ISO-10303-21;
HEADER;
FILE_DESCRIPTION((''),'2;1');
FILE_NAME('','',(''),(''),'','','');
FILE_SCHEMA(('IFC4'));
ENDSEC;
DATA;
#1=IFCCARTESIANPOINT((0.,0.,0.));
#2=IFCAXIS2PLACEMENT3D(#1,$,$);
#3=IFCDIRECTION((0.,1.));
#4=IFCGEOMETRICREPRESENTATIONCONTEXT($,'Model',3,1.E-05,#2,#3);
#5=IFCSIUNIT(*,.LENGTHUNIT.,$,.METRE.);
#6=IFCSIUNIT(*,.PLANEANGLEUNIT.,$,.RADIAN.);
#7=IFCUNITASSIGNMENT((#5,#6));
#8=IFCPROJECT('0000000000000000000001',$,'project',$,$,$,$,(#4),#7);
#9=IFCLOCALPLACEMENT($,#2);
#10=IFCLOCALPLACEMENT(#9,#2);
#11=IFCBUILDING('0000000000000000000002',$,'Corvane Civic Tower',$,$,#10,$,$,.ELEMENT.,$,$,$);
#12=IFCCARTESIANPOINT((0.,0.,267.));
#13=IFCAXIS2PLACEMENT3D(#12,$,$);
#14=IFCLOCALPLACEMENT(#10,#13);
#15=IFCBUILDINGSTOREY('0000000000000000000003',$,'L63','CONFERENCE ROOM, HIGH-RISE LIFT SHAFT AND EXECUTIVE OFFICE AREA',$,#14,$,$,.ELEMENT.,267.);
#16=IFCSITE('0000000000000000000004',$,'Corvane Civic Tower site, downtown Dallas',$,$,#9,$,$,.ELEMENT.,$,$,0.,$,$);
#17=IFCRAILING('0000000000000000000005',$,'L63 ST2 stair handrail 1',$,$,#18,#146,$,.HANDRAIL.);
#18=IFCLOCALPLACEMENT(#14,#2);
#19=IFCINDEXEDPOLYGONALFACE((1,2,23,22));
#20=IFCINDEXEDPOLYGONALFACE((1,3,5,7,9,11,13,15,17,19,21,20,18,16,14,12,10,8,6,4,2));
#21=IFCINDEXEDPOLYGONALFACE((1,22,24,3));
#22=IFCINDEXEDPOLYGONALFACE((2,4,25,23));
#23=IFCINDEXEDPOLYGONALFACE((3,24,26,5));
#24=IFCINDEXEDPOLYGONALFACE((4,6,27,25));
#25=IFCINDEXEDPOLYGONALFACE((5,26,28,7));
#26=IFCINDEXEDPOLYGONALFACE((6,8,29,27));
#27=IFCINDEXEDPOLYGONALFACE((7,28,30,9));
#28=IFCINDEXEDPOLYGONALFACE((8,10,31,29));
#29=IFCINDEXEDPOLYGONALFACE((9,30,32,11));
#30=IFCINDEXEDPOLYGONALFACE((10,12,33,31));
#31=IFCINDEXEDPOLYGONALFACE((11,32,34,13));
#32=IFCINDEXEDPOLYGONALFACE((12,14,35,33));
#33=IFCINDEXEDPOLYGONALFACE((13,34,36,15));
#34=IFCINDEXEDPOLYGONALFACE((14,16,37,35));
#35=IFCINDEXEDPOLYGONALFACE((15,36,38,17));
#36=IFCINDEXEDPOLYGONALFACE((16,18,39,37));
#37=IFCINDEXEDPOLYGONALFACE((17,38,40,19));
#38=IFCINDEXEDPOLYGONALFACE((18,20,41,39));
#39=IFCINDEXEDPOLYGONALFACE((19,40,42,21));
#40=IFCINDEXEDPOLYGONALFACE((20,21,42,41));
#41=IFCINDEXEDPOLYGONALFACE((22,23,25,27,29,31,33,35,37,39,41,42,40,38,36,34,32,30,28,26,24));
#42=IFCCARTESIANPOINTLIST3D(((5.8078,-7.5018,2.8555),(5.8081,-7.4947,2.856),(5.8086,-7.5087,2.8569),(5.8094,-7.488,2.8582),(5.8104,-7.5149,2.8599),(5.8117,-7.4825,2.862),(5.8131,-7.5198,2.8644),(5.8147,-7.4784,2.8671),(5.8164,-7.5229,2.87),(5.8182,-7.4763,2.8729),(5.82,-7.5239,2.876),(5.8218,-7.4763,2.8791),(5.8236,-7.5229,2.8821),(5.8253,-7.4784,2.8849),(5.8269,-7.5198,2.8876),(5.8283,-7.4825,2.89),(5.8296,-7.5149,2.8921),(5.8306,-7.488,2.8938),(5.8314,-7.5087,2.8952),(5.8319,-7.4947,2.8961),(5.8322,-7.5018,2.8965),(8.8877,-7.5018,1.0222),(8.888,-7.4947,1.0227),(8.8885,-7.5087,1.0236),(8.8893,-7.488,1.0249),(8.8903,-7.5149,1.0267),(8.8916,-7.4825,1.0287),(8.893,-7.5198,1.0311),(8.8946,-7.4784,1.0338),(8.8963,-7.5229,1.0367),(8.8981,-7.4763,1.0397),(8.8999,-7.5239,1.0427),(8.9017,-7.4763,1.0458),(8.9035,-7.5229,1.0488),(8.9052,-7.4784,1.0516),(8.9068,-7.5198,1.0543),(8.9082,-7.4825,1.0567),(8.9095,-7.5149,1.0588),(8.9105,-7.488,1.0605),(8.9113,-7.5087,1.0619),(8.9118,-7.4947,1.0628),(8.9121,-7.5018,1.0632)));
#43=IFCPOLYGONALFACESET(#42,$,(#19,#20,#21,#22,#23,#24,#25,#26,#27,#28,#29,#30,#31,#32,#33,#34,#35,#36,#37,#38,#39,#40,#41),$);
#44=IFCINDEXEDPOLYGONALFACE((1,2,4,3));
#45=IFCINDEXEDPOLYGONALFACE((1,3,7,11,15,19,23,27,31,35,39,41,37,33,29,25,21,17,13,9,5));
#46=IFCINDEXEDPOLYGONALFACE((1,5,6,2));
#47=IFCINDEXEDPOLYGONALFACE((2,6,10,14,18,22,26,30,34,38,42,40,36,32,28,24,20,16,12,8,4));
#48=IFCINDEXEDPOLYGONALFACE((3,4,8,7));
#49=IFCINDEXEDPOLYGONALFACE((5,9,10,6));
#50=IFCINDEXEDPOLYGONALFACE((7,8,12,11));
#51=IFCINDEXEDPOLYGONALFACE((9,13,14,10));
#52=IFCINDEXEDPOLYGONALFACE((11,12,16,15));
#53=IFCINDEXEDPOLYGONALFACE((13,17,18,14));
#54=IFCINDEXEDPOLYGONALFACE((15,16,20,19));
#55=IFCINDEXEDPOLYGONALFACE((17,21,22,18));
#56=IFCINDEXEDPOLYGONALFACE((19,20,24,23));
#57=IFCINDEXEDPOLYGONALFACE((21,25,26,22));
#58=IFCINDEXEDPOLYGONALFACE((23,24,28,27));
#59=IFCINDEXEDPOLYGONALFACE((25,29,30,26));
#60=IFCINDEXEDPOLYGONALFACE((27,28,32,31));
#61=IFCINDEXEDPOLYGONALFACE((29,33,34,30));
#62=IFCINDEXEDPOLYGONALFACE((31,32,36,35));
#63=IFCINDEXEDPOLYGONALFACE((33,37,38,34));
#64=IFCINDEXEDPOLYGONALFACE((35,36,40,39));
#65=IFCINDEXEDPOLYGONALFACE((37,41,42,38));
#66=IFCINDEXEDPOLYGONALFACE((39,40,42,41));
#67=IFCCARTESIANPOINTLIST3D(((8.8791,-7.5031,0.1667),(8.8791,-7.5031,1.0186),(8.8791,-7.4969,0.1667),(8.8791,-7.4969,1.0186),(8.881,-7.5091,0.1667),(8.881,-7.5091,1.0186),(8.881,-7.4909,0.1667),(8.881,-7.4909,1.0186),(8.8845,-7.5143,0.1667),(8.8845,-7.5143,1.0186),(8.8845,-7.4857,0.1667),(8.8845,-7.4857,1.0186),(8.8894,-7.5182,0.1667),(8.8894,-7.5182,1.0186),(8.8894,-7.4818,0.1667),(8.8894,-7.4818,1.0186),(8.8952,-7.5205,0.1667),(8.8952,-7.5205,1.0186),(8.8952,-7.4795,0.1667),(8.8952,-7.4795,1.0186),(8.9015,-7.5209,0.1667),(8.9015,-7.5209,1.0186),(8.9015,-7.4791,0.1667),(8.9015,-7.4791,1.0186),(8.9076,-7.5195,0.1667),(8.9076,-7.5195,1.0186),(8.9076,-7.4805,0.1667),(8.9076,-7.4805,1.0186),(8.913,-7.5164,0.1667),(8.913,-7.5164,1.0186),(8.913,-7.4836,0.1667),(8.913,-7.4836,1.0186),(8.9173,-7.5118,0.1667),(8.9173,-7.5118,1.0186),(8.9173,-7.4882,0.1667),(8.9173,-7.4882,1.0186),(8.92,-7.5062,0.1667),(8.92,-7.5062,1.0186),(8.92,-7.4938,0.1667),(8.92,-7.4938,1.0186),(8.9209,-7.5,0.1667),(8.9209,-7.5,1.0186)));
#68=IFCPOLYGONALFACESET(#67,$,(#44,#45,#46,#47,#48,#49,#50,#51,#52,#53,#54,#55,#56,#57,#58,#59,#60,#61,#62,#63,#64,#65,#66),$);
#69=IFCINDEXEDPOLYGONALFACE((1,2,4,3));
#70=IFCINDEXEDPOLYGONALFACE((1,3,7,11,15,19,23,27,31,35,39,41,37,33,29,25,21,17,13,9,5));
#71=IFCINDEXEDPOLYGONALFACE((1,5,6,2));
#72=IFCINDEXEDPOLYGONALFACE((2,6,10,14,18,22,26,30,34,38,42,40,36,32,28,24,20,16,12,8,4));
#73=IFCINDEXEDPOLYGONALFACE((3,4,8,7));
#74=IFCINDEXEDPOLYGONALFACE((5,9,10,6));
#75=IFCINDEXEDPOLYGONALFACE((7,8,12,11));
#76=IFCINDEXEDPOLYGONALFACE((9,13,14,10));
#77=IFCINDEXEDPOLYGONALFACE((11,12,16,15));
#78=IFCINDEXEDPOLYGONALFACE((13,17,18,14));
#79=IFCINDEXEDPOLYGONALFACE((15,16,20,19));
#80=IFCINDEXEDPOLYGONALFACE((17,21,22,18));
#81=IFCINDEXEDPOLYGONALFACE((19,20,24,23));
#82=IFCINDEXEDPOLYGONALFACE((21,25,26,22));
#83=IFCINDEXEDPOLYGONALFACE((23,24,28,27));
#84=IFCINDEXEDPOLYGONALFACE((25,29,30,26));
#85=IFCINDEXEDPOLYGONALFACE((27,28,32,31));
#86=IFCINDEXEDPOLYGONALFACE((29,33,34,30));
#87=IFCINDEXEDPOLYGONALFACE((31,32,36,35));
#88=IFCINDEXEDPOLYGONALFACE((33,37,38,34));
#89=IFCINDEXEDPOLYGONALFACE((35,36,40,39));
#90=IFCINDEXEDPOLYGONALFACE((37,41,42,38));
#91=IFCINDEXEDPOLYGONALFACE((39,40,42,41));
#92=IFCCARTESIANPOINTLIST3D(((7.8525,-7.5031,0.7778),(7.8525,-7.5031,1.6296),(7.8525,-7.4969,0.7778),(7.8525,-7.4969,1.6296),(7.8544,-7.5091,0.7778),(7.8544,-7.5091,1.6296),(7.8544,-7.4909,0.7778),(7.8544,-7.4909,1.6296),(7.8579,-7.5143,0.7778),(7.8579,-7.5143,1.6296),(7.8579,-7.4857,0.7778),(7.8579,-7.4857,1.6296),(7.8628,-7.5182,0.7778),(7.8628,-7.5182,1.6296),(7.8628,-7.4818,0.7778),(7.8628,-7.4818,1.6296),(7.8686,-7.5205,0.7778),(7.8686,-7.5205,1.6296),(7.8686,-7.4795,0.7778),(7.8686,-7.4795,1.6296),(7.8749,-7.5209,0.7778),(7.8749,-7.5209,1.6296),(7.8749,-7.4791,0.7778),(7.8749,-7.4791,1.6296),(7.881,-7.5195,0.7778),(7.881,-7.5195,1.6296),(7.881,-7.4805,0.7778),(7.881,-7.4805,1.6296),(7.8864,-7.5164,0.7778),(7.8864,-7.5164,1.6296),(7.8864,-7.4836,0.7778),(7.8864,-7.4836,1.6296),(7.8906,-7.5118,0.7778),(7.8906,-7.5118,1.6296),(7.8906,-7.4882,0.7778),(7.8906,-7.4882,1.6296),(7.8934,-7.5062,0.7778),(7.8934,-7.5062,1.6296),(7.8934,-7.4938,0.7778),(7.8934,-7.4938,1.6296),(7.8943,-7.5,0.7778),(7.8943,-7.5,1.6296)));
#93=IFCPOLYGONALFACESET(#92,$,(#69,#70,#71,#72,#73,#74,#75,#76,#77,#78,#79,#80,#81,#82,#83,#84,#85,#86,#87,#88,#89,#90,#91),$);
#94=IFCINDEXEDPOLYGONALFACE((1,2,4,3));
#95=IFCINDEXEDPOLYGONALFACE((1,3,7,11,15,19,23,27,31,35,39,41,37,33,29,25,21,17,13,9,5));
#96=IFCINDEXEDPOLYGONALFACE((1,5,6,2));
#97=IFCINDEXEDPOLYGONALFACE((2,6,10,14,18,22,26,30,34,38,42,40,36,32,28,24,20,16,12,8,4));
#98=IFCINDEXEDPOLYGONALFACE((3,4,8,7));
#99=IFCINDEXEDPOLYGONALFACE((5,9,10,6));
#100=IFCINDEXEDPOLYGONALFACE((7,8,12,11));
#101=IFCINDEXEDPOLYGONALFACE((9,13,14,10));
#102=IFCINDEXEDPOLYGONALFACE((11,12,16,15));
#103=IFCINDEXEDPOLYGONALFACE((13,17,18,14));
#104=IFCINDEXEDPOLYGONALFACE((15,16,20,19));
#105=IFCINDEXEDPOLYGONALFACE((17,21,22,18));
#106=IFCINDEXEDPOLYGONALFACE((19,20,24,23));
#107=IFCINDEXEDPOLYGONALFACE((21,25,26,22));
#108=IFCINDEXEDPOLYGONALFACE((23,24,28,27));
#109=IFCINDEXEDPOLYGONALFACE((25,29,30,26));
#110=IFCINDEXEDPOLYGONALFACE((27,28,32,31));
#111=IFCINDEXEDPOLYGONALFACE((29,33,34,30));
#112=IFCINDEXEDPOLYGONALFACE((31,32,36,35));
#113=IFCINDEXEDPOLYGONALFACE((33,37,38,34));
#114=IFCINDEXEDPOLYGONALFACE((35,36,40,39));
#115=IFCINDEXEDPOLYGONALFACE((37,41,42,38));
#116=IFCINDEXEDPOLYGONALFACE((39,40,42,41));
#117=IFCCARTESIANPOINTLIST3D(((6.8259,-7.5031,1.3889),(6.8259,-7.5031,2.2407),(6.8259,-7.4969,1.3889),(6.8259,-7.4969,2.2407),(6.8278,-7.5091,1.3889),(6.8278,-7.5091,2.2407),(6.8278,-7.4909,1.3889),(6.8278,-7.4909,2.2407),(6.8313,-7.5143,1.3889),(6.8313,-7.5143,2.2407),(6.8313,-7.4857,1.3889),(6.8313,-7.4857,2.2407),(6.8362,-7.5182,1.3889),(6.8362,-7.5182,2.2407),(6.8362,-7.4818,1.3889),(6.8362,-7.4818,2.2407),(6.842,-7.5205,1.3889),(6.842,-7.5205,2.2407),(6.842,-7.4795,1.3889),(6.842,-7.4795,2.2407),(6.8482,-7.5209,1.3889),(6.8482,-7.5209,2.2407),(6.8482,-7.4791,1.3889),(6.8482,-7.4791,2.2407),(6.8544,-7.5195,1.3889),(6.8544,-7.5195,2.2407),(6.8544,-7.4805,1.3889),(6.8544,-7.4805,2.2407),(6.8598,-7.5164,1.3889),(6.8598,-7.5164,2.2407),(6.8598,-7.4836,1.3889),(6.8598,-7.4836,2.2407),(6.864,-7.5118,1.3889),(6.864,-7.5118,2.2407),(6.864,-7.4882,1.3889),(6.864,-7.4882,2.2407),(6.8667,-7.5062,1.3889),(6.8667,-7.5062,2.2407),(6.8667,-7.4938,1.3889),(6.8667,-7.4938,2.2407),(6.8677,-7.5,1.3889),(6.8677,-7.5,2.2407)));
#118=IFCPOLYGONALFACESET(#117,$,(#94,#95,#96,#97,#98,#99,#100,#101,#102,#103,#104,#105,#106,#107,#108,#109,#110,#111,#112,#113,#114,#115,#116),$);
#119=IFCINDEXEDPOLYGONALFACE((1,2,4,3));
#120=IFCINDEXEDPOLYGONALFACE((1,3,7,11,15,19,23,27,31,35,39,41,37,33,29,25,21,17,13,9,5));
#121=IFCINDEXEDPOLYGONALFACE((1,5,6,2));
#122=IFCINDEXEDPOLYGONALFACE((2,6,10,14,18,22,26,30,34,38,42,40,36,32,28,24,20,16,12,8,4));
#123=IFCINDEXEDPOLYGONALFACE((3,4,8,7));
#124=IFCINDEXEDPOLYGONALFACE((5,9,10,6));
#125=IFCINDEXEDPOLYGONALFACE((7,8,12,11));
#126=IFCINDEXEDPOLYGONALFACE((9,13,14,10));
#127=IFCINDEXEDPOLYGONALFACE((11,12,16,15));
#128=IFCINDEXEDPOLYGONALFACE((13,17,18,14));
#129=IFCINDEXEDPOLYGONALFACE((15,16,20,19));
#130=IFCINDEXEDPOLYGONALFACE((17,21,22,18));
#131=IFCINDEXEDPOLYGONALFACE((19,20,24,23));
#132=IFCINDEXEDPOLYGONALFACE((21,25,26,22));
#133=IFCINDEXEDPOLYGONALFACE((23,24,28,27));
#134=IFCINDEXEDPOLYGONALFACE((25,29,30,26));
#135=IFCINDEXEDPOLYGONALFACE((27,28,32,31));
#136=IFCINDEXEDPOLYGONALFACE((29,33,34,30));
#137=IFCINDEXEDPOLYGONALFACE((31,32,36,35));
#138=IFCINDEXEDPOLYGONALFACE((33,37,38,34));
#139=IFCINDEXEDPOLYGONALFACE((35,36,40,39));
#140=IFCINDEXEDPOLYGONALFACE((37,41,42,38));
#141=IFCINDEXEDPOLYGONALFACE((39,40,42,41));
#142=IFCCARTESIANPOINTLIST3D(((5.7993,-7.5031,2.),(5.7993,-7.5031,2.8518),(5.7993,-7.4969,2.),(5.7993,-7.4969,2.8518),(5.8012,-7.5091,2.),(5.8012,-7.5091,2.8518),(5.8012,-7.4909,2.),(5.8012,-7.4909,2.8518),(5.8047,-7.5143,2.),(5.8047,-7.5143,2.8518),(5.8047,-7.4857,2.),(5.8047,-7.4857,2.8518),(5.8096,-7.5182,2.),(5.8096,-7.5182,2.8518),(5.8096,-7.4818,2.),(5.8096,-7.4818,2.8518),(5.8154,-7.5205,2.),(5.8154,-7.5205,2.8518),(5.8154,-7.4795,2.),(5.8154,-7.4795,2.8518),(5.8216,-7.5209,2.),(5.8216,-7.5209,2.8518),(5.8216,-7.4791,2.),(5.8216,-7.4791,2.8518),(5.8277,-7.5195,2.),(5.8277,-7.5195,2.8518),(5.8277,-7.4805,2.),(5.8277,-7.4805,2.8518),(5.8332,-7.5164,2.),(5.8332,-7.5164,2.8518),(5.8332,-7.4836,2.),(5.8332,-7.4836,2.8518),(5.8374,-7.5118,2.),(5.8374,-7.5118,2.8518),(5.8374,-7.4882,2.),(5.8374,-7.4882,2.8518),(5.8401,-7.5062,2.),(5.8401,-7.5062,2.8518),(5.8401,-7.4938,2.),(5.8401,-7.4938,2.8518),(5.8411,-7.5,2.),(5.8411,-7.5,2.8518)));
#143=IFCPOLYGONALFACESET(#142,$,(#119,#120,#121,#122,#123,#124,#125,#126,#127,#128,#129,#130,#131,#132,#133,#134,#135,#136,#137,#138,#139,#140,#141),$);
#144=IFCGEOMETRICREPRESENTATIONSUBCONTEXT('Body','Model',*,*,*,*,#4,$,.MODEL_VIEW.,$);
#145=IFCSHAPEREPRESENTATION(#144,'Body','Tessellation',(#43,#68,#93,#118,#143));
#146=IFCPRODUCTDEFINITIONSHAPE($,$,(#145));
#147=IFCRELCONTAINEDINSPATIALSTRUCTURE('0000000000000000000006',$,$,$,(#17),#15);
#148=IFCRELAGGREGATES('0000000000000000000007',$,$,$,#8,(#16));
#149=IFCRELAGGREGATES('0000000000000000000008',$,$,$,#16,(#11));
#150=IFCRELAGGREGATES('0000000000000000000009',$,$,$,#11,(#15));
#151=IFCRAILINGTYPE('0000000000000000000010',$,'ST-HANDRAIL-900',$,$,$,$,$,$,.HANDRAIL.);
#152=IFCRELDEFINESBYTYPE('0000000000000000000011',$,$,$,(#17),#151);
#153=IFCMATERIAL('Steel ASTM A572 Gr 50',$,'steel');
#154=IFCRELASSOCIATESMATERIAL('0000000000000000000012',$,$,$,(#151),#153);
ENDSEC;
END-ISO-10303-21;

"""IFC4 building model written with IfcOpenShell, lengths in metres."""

from ifc_helpers import new_model, si_unit, direction, frame, origin, origin_2d, place, context, subcontext, project, spatial, circle, extrude, material, type_object, element, save


model = new_model("IFC4")

# Units and contexts
model_context = context("Model", 3, precision=1e-05, world=origin(), true_north=direction((0.0, 1.0)))
body_context = subcontext(model_context, "Body", "Model", "MODEL_VIEW")
ifc_project = project(units=[si_unit("LENGTHUNIT", "METRE"), si_unit("PLANEANGLEUNIT", "RADIAN")], contexts=[model_context])

# Site, building, storey
site_placement = place(None, origin())
site = spatial("IfcSite", under=ifc_project, at=site_placement, Name="Corvane Civic Tower site, downtown Dallas", CompositionType="ELEMENT", RefElevation=0.0)
building_placement = place(site_placement, origin())
building = spatial("IfcBuilding", under=site, at=building_placement, Name="Corvane Civic Tower", CompositionType="ELEMENT")
storey_placement = place(building_placement, frame((0.0, 0.0, 267.0)))
storey = spatial("IfcBuildingStorey", under=building, at=storey_placement, Name="L63", Description="CONFERENCE ROOM, HIGH-RISE LIFT SHAFT AND EXECUTIVE OFFICE AREA", CompositionType="ELEMENT", Elevation=267.0)

# Railing
ifc_material_1 = material(Name="Steel ASTM A572 Gr 50", Category="steel")
railing_type_1 = type_object("IfcRailingType", Name="ST-HANDRAIL-900", PredefinedType="HANDRAIL", material=ifc_material_1)
railing_1_placement = place(storey_placement, frame((8.8999, -7.5, 0.1667)))
element("IfcRailing", 1, at=railing_1_placement, inside=storey, type_object=railing_type_1, Name="L63 ST2 stair handrail 1", PredefinedType="HANDRAIL", context=body_context, shape_type="SweptSolid", body=[
    extrude(circle(Radius=0.0239, at=origin_2d()), frame((0.0, 0.0, 0.876), z_axis=(-0.859291, 0.0, 0.511487), x_axis=(0.0, -1.0, 0.0)), (0.0, 0.0, 1.0), 3.5842),
    extrude(circle(Radius=0.021, at=origin_2d()), origin(), (0.0, 0.0, 1.0), 0.8518),
    extrude(circle(Radius=0.021, at=origin_2d()), frame((-1.0266, 0.0, 0.6111)), (0.0, 0.0, 1.0), 0.8518),
    extrude(circle(Radius=0.021, at=origin_2d()), frame((-2.0532, 0.0, 1.2222)), (0.0, 0.0, 1.0), 0.8518),
    extrude(circle(Radius=0.021, at=origin_2d()), frame((-3.0798, 0.0, 1.8333)), (0.0, 0.0, 1.0), 0.8518),
])

save(model, "model.ifc")
